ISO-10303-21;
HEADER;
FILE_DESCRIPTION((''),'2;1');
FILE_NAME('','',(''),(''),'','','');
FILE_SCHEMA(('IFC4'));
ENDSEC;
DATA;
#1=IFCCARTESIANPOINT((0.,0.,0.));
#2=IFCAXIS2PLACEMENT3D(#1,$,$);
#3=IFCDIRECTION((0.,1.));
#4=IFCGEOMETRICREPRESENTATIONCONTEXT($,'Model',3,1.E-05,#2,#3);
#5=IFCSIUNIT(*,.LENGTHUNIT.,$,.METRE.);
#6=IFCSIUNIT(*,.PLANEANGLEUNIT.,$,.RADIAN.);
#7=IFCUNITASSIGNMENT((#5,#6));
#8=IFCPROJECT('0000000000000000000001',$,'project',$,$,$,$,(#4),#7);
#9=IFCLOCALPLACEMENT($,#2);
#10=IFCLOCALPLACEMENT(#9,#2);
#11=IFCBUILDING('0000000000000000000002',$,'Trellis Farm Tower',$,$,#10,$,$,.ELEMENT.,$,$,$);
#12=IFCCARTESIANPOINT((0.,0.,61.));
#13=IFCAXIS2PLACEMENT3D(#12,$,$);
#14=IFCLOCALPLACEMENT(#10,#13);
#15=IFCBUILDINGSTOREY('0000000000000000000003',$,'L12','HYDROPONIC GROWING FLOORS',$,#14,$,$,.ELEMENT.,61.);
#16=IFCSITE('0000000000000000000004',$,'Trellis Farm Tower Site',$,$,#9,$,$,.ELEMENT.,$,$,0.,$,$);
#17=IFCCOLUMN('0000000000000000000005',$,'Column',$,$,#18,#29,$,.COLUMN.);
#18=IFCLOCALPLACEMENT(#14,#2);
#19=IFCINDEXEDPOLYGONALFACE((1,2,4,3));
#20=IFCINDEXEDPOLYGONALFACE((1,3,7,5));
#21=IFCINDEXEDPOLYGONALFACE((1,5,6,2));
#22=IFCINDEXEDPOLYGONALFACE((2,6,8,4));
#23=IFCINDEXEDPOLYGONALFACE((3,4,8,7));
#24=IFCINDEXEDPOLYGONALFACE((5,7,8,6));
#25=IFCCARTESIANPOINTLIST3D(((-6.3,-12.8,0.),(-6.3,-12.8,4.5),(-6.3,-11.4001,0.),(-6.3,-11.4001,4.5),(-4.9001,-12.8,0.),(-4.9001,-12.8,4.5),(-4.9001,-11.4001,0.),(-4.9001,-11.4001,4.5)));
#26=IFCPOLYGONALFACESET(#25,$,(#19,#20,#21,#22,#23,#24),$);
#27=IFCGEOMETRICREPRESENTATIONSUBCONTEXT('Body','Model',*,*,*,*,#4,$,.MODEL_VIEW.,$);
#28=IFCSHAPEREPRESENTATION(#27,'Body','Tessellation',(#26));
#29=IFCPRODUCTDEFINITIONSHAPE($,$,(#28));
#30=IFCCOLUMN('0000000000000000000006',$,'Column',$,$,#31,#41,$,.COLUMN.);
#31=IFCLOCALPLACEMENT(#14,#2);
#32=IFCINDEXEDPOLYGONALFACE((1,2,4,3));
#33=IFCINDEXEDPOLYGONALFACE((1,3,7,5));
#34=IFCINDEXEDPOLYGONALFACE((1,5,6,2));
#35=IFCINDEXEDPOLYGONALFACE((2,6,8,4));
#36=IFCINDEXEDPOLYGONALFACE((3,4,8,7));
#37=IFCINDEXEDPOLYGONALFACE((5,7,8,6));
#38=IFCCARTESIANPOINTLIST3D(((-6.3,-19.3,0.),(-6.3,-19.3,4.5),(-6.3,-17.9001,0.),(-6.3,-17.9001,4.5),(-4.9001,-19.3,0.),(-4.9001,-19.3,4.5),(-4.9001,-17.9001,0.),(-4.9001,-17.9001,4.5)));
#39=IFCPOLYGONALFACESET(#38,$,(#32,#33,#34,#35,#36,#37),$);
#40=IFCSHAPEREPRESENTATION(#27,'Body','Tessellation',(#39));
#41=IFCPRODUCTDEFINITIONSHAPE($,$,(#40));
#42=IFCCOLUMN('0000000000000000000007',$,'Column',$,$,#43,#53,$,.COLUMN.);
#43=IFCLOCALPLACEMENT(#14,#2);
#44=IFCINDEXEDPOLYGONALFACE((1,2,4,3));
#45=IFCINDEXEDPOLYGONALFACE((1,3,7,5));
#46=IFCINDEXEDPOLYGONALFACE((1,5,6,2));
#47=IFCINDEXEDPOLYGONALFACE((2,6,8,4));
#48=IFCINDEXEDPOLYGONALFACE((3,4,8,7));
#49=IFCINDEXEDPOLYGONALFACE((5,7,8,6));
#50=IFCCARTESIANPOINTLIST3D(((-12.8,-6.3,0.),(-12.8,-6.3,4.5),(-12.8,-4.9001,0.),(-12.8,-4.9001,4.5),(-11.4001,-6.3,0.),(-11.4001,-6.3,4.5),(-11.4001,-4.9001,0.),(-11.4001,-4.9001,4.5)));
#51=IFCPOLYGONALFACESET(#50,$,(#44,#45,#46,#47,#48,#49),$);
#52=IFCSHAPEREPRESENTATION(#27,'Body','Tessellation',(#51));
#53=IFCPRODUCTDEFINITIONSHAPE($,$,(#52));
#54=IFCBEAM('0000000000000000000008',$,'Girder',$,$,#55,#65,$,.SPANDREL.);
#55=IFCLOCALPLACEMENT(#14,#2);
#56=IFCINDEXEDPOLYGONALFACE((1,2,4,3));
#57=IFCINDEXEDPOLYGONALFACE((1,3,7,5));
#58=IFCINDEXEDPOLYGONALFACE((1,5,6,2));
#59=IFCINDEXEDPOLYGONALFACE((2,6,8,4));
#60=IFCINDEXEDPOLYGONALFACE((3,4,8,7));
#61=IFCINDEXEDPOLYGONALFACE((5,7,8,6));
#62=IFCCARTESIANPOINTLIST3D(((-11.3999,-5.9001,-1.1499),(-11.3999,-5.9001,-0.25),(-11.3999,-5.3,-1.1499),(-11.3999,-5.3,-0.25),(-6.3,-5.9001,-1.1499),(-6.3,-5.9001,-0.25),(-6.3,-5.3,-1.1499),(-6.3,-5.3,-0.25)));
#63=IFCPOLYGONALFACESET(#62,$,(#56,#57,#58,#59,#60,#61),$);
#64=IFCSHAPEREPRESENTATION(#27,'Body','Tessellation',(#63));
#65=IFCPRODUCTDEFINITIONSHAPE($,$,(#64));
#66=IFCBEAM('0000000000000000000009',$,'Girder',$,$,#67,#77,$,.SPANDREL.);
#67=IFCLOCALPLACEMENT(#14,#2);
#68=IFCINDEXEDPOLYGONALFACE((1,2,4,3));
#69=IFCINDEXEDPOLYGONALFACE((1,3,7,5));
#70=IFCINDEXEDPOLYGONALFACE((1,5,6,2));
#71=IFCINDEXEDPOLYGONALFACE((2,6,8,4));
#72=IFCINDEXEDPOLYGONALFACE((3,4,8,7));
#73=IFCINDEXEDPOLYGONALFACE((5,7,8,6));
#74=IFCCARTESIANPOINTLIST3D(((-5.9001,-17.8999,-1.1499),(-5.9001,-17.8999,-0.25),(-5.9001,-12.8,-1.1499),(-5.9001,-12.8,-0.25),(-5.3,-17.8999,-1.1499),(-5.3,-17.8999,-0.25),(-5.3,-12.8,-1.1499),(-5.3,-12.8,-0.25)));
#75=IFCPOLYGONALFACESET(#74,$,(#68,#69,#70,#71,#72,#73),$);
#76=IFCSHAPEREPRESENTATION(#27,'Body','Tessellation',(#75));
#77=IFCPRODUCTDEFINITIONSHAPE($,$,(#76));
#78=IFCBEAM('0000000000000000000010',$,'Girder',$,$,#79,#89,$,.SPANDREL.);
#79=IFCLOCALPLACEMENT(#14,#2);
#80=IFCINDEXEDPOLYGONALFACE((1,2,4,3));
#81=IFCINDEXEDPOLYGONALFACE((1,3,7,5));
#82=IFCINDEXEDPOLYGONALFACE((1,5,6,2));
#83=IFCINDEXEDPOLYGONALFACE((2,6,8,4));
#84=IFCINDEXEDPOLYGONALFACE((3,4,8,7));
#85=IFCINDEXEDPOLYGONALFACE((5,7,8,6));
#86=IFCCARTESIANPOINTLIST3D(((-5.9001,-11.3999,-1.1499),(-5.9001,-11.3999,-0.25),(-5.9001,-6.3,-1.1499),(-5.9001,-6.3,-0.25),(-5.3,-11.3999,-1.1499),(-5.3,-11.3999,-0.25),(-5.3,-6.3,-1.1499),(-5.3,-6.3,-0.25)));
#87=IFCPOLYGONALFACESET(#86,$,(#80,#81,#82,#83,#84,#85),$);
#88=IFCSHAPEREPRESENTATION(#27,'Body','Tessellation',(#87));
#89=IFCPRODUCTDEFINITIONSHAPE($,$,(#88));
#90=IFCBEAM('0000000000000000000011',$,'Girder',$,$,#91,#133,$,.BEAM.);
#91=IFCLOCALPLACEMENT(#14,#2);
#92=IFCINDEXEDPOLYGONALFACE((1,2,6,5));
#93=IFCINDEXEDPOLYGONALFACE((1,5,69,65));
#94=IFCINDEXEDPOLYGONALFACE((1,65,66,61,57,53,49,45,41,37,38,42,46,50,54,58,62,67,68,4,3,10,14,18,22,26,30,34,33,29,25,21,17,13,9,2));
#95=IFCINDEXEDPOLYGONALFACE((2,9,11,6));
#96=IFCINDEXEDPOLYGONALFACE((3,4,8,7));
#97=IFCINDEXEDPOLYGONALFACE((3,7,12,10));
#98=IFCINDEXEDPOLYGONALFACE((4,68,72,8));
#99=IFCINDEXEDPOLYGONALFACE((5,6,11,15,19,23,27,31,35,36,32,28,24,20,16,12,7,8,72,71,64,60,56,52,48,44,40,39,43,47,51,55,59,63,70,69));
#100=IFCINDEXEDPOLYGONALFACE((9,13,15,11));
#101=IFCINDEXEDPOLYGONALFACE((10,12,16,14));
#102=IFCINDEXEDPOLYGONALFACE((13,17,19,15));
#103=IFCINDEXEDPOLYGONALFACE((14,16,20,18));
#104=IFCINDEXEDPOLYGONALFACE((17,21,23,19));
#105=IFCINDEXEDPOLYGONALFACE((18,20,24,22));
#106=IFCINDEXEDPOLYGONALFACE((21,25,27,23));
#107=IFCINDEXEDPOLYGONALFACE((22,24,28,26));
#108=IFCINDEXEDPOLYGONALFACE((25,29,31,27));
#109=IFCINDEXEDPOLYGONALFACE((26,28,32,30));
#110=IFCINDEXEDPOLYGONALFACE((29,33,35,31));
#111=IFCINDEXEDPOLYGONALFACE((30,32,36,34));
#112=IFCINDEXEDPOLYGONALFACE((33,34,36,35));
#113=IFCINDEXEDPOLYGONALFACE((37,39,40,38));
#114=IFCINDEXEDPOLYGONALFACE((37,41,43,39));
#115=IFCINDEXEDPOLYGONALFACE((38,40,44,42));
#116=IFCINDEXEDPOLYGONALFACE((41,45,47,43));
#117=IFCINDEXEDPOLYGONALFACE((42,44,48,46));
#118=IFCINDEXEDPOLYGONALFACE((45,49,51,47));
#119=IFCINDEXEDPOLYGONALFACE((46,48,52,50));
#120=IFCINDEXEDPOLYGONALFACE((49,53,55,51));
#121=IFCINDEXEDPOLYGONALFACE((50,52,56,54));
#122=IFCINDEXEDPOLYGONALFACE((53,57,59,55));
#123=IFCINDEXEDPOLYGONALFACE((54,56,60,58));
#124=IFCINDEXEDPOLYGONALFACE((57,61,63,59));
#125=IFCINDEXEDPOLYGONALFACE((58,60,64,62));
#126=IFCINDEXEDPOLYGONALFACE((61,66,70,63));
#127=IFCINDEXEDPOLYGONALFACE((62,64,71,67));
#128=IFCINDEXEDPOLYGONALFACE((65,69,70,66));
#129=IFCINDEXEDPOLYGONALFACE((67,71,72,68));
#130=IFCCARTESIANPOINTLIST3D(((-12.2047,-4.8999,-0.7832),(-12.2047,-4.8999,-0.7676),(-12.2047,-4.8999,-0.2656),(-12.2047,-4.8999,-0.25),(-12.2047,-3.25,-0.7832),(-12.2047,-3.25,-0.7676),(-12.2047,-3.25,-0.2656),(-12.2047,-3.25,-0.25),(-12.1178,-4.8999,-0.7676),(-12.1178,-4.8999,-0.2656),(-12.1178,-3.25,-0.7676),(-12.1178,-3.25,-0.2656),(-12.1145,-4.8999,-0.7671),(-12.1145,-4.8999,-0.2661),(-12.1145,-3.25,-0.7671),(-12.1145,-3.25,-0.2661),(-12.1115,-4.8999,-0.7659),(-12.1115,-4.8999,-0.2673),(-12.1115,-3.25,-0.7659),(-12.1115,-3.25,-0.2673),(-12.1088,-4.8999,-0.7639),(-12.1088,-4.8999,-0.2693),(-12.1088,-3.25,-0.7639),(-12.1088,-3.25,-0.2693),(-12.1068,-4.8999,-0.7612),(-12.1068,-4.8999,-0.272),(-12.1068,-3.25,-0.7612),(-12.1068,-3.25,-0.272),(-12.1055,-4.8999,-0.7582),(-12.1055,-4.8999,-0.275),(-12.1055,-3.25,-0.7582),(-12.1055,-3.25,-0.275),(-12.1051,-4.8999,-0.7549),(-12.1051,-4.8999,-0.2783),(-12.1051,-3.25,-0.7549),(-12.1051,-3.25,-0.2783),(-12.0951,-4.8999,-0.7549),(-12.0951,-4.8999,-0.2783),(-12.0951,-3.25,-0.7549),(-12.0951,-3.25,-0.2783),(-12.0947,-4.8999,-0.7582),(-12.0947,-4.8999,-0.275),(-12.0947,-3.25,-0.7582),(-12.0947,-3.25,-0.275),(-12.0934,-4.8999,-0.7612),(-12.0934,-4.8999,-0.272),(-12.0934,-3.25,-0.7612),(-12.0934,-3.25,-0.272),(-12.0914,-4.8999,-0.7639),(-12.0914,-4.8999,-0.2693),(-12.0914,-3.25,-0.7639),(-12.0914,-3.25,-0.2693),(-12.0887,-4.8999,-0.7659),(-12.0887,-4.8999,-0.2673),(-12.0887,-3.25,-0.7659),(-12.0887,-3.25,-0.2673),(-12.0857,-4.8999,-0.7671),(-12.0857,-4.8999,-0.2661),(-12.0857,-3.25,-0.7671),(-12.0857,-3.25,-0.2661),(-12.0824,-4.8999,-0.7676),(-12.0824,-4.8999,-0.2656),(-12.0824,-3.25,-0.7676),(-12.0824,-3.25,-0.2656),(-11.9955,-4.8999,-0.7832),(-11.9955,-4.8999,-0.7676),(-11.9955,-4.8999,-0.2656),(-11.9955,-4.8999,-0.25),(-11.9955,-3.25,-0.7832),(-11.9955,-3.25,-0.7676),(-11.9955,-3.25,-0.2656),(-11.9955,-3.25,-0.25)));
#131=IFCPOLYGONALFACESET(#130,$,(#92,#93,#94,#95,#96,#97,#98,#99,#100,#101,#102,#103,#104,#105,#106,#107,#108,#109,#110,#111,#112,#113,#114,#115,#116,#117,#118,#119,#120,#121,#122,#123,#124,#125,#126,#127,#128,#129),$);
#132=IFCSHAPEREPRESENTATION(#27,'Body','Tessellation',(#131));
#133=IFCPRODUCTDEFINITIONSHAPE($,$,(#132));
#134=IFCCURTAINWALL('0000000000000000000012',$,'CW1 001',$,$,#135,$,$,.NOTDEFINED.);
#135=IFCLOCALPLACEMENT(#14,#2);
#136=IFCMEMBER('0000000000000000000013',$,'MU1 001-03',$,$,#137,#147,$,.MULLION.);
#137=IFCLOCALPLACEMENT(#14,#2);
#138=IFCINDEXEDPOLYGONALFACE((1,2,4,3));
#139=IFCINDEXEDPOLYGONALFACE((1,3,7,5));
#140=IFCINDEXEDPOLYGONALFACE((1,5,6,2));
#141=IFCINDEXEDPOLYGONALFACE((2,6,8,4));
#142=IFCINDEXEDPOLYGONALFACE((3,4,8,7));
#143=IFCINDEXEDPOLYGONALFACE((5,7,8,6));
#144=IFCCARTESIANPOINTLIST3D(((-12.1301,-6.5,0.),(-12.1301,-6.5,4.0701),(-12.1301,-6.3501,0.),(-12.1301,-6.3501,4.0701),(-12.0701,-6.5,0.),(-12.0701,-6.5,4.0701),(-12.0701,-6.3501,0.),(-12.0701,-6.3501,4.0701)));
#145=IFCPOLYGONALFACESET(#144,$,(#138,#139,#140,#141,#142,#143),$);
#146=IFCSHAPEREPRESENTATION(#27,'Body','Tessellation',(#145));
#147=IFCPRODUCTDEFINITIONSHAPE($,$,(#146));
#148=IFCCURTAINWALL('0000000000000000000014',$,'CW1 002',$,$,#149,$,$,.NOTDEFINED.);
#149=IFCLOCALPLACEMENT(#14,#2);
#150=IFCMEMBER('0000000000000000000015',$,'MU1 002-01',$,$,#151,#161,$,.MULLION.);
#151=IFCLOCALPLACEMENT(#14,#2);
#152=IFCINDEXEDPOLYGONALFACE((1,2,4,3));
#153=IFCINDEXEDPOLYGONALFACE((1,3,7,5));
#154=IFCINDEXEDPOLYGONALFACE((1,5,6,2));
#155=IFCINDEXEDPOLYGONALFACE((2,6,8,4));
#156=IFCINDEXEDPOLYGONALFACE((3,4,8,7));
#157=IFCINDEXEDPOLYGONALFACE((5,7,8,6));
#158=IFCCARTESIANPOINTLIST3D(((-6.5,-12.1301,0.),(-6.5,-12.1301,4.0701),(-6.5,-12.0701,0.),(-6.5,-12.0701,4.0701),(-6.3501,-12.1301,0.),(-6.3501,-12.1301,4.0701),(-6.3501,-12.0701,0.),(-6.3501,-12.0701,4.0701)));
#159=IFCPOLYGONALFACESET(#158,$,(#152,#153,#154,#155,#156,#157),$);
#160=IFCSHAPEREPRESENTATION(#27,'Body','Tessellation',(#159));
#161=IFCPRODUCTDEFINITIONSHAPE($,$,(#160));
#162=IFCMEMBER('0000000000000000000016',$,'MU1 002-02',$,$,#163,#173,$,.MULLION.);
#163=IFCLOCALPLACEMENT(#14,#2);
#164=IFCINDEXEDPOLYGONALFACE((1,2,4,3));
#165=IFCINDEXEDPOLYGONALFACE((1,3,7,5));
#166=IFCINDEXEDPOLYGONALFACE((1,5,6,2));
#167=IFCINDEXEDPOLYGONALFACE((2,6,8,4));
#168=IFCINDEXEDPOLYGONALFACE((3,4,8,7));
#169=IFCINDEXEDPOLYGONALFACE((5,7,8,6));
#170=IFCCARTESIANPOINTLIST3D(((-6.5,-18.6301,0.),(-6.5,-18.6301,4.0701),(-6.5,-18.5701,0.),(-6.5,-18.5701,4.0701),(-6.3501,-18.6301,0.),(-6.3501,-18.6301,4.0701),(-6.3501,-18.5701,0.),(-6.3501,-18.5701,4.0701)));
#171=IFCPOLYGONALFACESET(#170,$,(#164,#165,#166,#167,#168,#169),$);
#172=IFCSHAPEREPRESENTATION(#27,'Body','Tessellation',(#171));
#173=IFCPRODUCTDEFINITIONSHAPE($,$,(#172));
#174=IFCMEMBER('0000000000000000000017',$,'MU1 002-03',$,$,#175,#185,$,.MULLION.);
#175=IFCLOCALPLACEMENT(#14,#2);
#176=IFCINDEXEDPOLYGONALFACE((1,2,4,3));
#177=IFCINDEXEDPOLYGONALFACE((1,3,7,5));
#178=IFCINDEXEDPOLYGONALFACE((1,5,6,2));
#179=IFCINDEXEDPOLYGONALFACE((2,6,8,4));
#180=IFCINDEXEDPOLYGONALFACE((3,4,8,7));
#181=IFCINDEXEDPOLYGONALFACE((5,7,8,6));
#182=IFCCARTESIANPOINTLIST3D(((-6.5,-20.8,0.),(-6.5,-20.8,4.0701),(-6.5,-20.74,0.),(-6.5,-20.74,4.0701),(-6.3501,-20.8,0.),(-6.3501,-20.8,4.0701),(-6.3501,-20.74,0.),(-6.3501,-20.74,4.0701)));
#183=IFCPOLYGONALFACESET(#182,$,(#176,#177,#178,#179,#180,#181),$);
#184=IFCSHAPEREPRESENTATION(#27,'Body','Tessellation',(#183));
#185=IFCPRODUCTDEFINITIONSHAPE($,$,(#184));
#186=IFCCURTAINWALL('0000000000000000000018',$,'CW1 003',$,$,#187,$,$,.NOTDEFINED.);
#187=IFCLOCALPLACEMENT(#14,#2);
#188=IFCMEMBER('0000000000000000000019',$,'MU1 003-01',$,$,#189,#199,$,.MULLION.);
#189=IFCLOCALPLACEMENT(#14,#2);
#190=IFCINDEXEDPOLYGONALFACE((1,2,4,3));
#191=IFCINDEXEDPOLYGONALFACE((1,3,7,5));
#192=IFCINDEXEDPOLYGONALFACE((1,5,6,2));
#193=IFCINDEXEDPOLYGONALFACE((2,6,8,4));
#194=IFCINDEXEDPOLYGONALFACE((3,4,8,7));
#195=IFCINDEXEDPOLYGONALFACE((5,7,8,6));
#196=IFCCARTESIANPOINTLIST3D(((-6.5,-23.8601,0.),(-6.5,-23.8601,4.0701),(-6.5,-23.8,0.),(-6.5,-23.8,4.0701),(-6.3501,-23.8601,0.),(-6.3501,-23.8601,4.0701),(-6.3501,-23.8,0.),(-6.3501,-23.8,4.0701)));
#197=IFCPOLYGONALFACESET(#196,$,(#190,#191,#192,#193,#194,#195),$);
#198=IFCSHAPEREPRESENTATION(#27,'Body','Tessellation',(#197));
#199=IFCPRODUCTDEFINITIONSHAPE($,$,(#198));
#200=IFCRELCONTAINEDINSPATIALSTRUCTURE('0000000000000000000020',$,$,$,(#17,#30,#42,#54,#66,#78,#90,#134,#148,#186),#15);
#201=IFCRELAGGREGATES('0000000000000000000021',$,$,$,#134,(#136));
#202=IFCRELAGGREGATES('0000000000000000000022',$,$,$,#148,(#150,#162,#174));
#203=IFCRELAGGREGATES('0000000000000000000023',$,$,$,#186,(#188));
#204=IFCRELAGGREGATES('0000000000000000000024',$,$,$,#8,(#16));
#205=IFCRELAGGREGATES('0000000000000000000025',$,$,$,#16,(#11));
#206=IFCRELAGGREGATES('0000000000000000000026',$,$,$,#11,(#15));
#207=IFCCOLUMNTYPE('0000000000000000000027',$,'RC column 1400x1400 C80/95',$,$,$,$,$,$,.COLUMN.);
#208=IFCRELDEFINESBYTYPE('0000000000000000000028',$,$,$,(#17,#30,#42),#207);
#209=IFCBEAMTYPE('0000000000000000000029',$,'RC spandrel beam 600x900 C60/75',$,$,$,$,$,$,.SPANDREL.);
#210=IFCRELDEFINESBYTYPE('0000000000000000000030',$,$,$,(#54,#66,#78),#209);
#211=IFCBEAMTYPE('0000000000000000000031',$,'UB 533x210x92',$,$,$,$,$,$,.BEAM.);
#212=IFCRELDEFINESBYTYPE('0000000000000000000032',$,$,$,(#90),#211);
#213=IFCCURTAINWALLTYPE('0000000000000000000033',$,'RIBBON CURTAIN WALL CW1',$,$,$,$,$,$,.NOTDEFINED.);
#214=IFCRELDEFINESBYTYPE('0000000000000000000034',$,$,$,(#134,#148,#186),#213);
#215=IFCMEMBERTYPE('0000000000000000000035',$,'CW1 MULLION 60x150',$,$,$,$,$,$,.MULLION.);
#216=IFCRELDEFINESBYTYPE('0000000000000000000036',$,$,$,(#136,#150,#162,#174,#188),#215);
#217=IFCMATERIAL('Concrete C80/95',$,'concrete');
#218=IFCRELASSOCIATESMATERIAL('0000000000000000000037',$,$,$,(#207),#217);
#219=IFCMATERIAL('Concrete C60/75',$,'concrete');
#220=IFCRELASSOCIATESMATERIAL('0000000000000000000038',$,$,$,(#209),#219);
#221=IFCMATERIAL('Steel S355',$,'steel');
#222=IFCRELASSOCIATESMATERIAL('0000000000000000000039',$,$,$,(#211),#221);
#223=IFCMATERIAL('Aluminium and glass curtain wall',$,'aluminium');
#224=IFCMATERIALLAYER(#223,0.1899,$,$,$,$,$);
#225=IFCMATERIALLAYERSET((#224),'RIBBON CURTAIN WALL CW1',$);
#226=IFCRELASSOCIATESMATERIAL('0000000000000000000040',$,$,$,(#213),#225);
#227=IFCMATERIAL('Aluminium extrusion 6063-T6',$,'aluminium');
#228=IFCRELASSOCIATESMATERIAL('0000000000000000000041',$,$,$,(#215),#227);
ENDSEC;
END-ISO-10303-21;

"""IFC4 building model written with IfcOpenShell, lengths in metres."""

from ifc_helpers import new_model, si_unit, direction, frame, origin, origin_2d, place, context, subcontext, project, spatial, rectangle, i_section, extrude, source, transform, mapped, material, layer, layer_set, material_profile, profile_set, type_object, element, aggregate, save


model = new_model("IFC4")

# Units and contexts
model_context = context("Model", 3, precision=1e-05, world=origin(), true_north=direction((0.0, 1.0)))
body_context = subcontext(model_context, "Body", "Model", "MODEL_VIEW")
ifc_project = project(units=[si_unit("LENGTHUNIT", "METRE"), si_unit("PLANEANGLEUNIT", "RADIAN")], contexts=[model_context])

# Site, building, storey
site_placement = place(None, origin())
site = spatial("IfcSite", under=ifc_project, at=site_placement, Name="Trellis Farm Tower Site", CompositionType="ELEMENT", RefElevation=0.0)
building_placement = place(site_placement, origin())
building = spatial("IfcBuilding", under=site, at=building_placement, Name="Trellis Farm Tower", CompositionType="ELEMENT")
storey_placement = place(building_placement, frame((0.0, 0.0, 61.0)))
storey = spatial("IfcBuildingStorey", under=building, at=storey_placement, Name="L12", Description="HYDROPONIC GROWING FLOORS", CompositionType="ELEMENT", Elevation=61.0)

# Columns
ifc_material_1 = material(Name="Concrete C80/95", Category="concrete")
ifc_material_profile_1 = material_profile(ifc_material_1, rectangle(XDim=1.3999, YDim=1.3999, at=origin_2d()), Name="RC column 1400x1400 C80/95")
ifc_profile_set_1 = profile_set([ifc_material_profile_1], Name="Concrete C80/95")
column_type = type_object("IfcColumnType", Name="RC column 1400x1400 C80/95", PredefinedType="COLUMN", material=ifc_profile_set_1)
shared_shape_1 = source(origin(), body_context, "Body", "SweptSolid", [
    extrude(rectangle(XDim=1.3999, YDim=1.3999, at=origin_2d()), origin(), (0.0, 0.0, 1.0), 4.5),
])
for number, where, z_axis, x_axis, name in (
    (1, (-5.6001, -12.1001, 0.0), (0.0, 0.0, 1.0), (1.0, 0.0, 0.0), "Column"),
    (2, (-5.6001, -18.6001, 0.0), (0.0, 0.0, 1.0), (1.0, 0.0, 0.0), "Column"),
    (3, (-12.1001, -5.6001, 0.0), (0.0, 0.0, 1.0), (1.0, 0.0, 0.0), "Column"),
):
    element("IfcColumn", number, at=place(storey_placement, frame(where, z_axis=z_axis, x_axis=x_axis)), inside=storey, type_object=column_type, Name=name, PredefinedType="COLUMN", context=body_context, shape_type="MappedRepresentation", body=[
        mapped(shared_shape_1, transform((0.0, 0.0, 0.0))),
    ])

# Beams
ifc_material_2 = material(Name="Concrete C60/75", Category="concrete")
ifc_material_profile_2 = material_profile(ifc_material_2, rectangle(XDim=0.6001, YDim=0.8999, at=origin_2d()), Name="RC spandrel beam 600x900 C60/75")
ifc_profile_set_2 = profile_set([ifc_material_profile_2], Name="Concrete C60/75")
beam_type_1 = type_object("IfcBeamType", Name="RC spandrel beam 600x900 C60/75", PredefinedType="SPANDREL", material=ifc_profile_set_2)
shared_shape_2 = source(origin(), body_context, "Body", "SweptSolid", [
    extrude(rectangle(XDim=0.6001, YDim=0.8999, at=origin_2d()), origin(), (0.0, 0.0, 1.0), 5.0999),
])
for number, where, z_axis, x_axis, name in (
    (4, (-11.3999, -5.6001, -0.7), (1.0, 0.0, 0.0), (0.0, 1.0, 0.0), "Girder"),
    (5, (-5.6001, -17.8999, -0.7), (0.0, 1.0, 0.0), (-1.0, 0.0, 0.0), "Girder"),
    (6, (-5.6001, -11.3999, -0.7), (0.0, 1.0, 0.0), (-1.0, 0.0, 0.0), "Girder"),
):
    element("IfcBeam", number, at=place(storey_placement, frame(where, z_axis=z_axis, x_axis=x_axis)), inside=storey, type_object=beam_type_1, Name=name, PredefinedType="SPANDREL", context=body_context, shape_type="MappedRepresentation", body=[
        mapped(shared_shape_2, transform((0.0, 0.0, 0.0))),
    ])
ifc_material_3 = material(Name="Steel S355", Category="steel")
ifc_material_profile_3 = material_profile(ifc_material_3, i_section(OverallWidth=0.2092, OverallDepth=0.5332, WebThickness=0.01, FlangeThickness=0.0156, FilletRadius=0.0127, at=origin_2d()), Name="UB 533x210x92")
ifc_profile_set_3 = profile_set([ifc_material_profile_3], Name="Steel S355")
beam_type_2 = type_object("IfcBeamType", Name="UB 533x210x92", PredefinedType="BEAM", material=ifc_profile_set_3)
shared_shape_3 = source(origin(), body_context, "Body", "SweptSolid", [
    extrude(i_section(OverallWidth=0.2092, OverallDepth=0.5332, WebThickness=0.01, FlangeThickness=0.0156, FilletRadius=0.0127, at=origin_2d()), origin(), (0.0, 0.0, 1.0), 1.6499),
])
beam_placement = place(storey_placement, frame((-12.1001, -4.8999, -0.5166), z_axis=(0.0, 1.0, 0.0), x_axis=(-1.0, 0.0, 0.0)))
element("IfcBeam", 7, at=beam_placement, inside=storey, type_object=beam_type_2, Name="Girder", PredefinedType="BEAM", context=body_context, shape_type="MappedRepresentation", body=[
    mapped(shared_shape_3, transform((0.0, 0.0, 0.0))),
])

# Curtain wall, member
ifc_material_4 = material(Name="Aluminium and glass curtain wall", Category="aluminium")
ifc_layer_1 = layer(ifc_material_4, 0.1899)
ifc_layer_set_1 = layer_set([ifc_layer_1], Name="RIBBON CURTAIN WALL CW1")
curtain_wall_type_1 = type_object("IfcCurtainWallType", Name="RIBBON CURTAIN WALL CW1", PredefinedType="NOTDEFINED", material=ifc_layer_set_1)
placement = place(storey_placement, origin())
curtain_wall_1 = element("IfcCurtainWall", 8, at=placement, inside=storey, type_object=curtain_wall_type_1, Name="CW1 001", PredefinedType="NOTDEFINED")
ifc_material_5 = material(Name="Aluminium extrusion 6063-T6", Category="aluminium")
ifc_material_profile_4 = material_profile(ifc_material_5, rectangle(XDim=0.0601, YDim=0.1499, at=origin_2d()), Name="MULLION 60x150")
ifc_profile_set_4 = profile_set([ifc_material_profile_4], Name="Aluminium extrusion 6063-T6")
member_type_1 = type_object("IfcMemberType", Name="CW1 MULLION 60x150", PredefinedType="MULLION", material=ifc_profile_set_4)
shared_shape_4 = source(origin(), body_context, "Body", "SweptSolid", [
    extrude(rectangle(XDim=0.0601, YDim=0.1499, at=origin_2d()), origin(), (0.0, 0.0, 1.0), 4.0701),
])
member_1_placement = place(storey_placement, frame((-12.1001, -6.425, 0.0), z_axis=(0.0, 0.0, 1.0), x_axis=(1.0, 0.0, 0.0)))
member_1 = element("IfcMember", 9, at=member_1_placement, type_object=member_type_1, Name="MU1 001-03", PredefinedType="MULLION", context=body_context, shape_type="MappedRepresentation", body=[
    mapped(shared_shape_4, transform((0.0, 0.0, 0.0))),
])
aggregate(curtain_wall_1, [member_1])

# Curtain wall, members
curtain_wall_2 = element("IfcCurtainWall", 10, at=placement, inside=storey, type_object=curtain_wall_type_1, Name="CW1 002", PredefinedType="NOTDEFINED")
member_2_placement = place(storey_placement, frame((-6.425, -12.1001, 0.0), z_axis=(0.0, 0.0, 1.0), x_axis=(0.0, -1.0, 0.0)))
member_2 = element("IfcMember", 11, at=member_2_placement, type_object=member_type_1, Name="MU1 002-01", PredefinedType="MULLION", context=body_context, shape_type="MappedRepresentation", body=[
    mapped(shared_shape_4, transform((0.0, 0.0, 0.0))),
])
member_3_placement = place(storey_placement, frame((-6.425, -18.6001, 0.0), z_axis=(0.0, 0.0, 1.0), x_axis=(0.0, -1.0, 0.0)))
member_3 = element("IfcMember", 12, at=member_3_placement, type_object=member_type_1, Name="MU1 002-02", PredefinedType="MULLION", context=body_context, shape_type="MappedRepresentation", body=[
    mapped(shared_shape_4, transform((0.0, 0.0, 0.0))),
])
member_4_placement = place(storey_placement, frame((-6.425, -20.77, 0.0), z_axis=(0.0, 0.0, 1.0), x_axis=(0.0, -1.0, 0.0)))
member_4 = element("IfcMember", 13, at=member_4_placement, type_object=member_type_1, Name="MU1 002-03", PredefinedType="MULLION", context=body_context, shape_type="MappedRepresentation", body=[
    mapped(shared_shape_4, transform((0.0, 0.0, 0.0))),
])
aggregate(curtain_wall_2, [member_2, member_3, member_4])

# Curtain wall, member
curtain_wall_3 = element("IfcCurtainWall", 14, at=placement, inside=storey, type_object=curtain_wall_type_1, Name="CW1 003", PredefinedType="NOTDEFINED")
member_5_placement = place(storey_placement, frame((-6.425, -23.8301, 0.0), z_axis=(0.0, 0.0, 1.0), x_axis=(0.0, -1.0, 0.0)))
member_5 = element("IfcMember", 15, at=member_5_placement, type_object=member_type_1, Name="MU1 003-01", PredefinedType="MULLION", context=body_context, shape_type="MappedRepresentation", body=[
    mapped(shared_shape_4, transform((0.0, 0.0, 0.0))),
])
aggregate(curtain_wall_3, [member_5])

save(model, "model.ifc")
